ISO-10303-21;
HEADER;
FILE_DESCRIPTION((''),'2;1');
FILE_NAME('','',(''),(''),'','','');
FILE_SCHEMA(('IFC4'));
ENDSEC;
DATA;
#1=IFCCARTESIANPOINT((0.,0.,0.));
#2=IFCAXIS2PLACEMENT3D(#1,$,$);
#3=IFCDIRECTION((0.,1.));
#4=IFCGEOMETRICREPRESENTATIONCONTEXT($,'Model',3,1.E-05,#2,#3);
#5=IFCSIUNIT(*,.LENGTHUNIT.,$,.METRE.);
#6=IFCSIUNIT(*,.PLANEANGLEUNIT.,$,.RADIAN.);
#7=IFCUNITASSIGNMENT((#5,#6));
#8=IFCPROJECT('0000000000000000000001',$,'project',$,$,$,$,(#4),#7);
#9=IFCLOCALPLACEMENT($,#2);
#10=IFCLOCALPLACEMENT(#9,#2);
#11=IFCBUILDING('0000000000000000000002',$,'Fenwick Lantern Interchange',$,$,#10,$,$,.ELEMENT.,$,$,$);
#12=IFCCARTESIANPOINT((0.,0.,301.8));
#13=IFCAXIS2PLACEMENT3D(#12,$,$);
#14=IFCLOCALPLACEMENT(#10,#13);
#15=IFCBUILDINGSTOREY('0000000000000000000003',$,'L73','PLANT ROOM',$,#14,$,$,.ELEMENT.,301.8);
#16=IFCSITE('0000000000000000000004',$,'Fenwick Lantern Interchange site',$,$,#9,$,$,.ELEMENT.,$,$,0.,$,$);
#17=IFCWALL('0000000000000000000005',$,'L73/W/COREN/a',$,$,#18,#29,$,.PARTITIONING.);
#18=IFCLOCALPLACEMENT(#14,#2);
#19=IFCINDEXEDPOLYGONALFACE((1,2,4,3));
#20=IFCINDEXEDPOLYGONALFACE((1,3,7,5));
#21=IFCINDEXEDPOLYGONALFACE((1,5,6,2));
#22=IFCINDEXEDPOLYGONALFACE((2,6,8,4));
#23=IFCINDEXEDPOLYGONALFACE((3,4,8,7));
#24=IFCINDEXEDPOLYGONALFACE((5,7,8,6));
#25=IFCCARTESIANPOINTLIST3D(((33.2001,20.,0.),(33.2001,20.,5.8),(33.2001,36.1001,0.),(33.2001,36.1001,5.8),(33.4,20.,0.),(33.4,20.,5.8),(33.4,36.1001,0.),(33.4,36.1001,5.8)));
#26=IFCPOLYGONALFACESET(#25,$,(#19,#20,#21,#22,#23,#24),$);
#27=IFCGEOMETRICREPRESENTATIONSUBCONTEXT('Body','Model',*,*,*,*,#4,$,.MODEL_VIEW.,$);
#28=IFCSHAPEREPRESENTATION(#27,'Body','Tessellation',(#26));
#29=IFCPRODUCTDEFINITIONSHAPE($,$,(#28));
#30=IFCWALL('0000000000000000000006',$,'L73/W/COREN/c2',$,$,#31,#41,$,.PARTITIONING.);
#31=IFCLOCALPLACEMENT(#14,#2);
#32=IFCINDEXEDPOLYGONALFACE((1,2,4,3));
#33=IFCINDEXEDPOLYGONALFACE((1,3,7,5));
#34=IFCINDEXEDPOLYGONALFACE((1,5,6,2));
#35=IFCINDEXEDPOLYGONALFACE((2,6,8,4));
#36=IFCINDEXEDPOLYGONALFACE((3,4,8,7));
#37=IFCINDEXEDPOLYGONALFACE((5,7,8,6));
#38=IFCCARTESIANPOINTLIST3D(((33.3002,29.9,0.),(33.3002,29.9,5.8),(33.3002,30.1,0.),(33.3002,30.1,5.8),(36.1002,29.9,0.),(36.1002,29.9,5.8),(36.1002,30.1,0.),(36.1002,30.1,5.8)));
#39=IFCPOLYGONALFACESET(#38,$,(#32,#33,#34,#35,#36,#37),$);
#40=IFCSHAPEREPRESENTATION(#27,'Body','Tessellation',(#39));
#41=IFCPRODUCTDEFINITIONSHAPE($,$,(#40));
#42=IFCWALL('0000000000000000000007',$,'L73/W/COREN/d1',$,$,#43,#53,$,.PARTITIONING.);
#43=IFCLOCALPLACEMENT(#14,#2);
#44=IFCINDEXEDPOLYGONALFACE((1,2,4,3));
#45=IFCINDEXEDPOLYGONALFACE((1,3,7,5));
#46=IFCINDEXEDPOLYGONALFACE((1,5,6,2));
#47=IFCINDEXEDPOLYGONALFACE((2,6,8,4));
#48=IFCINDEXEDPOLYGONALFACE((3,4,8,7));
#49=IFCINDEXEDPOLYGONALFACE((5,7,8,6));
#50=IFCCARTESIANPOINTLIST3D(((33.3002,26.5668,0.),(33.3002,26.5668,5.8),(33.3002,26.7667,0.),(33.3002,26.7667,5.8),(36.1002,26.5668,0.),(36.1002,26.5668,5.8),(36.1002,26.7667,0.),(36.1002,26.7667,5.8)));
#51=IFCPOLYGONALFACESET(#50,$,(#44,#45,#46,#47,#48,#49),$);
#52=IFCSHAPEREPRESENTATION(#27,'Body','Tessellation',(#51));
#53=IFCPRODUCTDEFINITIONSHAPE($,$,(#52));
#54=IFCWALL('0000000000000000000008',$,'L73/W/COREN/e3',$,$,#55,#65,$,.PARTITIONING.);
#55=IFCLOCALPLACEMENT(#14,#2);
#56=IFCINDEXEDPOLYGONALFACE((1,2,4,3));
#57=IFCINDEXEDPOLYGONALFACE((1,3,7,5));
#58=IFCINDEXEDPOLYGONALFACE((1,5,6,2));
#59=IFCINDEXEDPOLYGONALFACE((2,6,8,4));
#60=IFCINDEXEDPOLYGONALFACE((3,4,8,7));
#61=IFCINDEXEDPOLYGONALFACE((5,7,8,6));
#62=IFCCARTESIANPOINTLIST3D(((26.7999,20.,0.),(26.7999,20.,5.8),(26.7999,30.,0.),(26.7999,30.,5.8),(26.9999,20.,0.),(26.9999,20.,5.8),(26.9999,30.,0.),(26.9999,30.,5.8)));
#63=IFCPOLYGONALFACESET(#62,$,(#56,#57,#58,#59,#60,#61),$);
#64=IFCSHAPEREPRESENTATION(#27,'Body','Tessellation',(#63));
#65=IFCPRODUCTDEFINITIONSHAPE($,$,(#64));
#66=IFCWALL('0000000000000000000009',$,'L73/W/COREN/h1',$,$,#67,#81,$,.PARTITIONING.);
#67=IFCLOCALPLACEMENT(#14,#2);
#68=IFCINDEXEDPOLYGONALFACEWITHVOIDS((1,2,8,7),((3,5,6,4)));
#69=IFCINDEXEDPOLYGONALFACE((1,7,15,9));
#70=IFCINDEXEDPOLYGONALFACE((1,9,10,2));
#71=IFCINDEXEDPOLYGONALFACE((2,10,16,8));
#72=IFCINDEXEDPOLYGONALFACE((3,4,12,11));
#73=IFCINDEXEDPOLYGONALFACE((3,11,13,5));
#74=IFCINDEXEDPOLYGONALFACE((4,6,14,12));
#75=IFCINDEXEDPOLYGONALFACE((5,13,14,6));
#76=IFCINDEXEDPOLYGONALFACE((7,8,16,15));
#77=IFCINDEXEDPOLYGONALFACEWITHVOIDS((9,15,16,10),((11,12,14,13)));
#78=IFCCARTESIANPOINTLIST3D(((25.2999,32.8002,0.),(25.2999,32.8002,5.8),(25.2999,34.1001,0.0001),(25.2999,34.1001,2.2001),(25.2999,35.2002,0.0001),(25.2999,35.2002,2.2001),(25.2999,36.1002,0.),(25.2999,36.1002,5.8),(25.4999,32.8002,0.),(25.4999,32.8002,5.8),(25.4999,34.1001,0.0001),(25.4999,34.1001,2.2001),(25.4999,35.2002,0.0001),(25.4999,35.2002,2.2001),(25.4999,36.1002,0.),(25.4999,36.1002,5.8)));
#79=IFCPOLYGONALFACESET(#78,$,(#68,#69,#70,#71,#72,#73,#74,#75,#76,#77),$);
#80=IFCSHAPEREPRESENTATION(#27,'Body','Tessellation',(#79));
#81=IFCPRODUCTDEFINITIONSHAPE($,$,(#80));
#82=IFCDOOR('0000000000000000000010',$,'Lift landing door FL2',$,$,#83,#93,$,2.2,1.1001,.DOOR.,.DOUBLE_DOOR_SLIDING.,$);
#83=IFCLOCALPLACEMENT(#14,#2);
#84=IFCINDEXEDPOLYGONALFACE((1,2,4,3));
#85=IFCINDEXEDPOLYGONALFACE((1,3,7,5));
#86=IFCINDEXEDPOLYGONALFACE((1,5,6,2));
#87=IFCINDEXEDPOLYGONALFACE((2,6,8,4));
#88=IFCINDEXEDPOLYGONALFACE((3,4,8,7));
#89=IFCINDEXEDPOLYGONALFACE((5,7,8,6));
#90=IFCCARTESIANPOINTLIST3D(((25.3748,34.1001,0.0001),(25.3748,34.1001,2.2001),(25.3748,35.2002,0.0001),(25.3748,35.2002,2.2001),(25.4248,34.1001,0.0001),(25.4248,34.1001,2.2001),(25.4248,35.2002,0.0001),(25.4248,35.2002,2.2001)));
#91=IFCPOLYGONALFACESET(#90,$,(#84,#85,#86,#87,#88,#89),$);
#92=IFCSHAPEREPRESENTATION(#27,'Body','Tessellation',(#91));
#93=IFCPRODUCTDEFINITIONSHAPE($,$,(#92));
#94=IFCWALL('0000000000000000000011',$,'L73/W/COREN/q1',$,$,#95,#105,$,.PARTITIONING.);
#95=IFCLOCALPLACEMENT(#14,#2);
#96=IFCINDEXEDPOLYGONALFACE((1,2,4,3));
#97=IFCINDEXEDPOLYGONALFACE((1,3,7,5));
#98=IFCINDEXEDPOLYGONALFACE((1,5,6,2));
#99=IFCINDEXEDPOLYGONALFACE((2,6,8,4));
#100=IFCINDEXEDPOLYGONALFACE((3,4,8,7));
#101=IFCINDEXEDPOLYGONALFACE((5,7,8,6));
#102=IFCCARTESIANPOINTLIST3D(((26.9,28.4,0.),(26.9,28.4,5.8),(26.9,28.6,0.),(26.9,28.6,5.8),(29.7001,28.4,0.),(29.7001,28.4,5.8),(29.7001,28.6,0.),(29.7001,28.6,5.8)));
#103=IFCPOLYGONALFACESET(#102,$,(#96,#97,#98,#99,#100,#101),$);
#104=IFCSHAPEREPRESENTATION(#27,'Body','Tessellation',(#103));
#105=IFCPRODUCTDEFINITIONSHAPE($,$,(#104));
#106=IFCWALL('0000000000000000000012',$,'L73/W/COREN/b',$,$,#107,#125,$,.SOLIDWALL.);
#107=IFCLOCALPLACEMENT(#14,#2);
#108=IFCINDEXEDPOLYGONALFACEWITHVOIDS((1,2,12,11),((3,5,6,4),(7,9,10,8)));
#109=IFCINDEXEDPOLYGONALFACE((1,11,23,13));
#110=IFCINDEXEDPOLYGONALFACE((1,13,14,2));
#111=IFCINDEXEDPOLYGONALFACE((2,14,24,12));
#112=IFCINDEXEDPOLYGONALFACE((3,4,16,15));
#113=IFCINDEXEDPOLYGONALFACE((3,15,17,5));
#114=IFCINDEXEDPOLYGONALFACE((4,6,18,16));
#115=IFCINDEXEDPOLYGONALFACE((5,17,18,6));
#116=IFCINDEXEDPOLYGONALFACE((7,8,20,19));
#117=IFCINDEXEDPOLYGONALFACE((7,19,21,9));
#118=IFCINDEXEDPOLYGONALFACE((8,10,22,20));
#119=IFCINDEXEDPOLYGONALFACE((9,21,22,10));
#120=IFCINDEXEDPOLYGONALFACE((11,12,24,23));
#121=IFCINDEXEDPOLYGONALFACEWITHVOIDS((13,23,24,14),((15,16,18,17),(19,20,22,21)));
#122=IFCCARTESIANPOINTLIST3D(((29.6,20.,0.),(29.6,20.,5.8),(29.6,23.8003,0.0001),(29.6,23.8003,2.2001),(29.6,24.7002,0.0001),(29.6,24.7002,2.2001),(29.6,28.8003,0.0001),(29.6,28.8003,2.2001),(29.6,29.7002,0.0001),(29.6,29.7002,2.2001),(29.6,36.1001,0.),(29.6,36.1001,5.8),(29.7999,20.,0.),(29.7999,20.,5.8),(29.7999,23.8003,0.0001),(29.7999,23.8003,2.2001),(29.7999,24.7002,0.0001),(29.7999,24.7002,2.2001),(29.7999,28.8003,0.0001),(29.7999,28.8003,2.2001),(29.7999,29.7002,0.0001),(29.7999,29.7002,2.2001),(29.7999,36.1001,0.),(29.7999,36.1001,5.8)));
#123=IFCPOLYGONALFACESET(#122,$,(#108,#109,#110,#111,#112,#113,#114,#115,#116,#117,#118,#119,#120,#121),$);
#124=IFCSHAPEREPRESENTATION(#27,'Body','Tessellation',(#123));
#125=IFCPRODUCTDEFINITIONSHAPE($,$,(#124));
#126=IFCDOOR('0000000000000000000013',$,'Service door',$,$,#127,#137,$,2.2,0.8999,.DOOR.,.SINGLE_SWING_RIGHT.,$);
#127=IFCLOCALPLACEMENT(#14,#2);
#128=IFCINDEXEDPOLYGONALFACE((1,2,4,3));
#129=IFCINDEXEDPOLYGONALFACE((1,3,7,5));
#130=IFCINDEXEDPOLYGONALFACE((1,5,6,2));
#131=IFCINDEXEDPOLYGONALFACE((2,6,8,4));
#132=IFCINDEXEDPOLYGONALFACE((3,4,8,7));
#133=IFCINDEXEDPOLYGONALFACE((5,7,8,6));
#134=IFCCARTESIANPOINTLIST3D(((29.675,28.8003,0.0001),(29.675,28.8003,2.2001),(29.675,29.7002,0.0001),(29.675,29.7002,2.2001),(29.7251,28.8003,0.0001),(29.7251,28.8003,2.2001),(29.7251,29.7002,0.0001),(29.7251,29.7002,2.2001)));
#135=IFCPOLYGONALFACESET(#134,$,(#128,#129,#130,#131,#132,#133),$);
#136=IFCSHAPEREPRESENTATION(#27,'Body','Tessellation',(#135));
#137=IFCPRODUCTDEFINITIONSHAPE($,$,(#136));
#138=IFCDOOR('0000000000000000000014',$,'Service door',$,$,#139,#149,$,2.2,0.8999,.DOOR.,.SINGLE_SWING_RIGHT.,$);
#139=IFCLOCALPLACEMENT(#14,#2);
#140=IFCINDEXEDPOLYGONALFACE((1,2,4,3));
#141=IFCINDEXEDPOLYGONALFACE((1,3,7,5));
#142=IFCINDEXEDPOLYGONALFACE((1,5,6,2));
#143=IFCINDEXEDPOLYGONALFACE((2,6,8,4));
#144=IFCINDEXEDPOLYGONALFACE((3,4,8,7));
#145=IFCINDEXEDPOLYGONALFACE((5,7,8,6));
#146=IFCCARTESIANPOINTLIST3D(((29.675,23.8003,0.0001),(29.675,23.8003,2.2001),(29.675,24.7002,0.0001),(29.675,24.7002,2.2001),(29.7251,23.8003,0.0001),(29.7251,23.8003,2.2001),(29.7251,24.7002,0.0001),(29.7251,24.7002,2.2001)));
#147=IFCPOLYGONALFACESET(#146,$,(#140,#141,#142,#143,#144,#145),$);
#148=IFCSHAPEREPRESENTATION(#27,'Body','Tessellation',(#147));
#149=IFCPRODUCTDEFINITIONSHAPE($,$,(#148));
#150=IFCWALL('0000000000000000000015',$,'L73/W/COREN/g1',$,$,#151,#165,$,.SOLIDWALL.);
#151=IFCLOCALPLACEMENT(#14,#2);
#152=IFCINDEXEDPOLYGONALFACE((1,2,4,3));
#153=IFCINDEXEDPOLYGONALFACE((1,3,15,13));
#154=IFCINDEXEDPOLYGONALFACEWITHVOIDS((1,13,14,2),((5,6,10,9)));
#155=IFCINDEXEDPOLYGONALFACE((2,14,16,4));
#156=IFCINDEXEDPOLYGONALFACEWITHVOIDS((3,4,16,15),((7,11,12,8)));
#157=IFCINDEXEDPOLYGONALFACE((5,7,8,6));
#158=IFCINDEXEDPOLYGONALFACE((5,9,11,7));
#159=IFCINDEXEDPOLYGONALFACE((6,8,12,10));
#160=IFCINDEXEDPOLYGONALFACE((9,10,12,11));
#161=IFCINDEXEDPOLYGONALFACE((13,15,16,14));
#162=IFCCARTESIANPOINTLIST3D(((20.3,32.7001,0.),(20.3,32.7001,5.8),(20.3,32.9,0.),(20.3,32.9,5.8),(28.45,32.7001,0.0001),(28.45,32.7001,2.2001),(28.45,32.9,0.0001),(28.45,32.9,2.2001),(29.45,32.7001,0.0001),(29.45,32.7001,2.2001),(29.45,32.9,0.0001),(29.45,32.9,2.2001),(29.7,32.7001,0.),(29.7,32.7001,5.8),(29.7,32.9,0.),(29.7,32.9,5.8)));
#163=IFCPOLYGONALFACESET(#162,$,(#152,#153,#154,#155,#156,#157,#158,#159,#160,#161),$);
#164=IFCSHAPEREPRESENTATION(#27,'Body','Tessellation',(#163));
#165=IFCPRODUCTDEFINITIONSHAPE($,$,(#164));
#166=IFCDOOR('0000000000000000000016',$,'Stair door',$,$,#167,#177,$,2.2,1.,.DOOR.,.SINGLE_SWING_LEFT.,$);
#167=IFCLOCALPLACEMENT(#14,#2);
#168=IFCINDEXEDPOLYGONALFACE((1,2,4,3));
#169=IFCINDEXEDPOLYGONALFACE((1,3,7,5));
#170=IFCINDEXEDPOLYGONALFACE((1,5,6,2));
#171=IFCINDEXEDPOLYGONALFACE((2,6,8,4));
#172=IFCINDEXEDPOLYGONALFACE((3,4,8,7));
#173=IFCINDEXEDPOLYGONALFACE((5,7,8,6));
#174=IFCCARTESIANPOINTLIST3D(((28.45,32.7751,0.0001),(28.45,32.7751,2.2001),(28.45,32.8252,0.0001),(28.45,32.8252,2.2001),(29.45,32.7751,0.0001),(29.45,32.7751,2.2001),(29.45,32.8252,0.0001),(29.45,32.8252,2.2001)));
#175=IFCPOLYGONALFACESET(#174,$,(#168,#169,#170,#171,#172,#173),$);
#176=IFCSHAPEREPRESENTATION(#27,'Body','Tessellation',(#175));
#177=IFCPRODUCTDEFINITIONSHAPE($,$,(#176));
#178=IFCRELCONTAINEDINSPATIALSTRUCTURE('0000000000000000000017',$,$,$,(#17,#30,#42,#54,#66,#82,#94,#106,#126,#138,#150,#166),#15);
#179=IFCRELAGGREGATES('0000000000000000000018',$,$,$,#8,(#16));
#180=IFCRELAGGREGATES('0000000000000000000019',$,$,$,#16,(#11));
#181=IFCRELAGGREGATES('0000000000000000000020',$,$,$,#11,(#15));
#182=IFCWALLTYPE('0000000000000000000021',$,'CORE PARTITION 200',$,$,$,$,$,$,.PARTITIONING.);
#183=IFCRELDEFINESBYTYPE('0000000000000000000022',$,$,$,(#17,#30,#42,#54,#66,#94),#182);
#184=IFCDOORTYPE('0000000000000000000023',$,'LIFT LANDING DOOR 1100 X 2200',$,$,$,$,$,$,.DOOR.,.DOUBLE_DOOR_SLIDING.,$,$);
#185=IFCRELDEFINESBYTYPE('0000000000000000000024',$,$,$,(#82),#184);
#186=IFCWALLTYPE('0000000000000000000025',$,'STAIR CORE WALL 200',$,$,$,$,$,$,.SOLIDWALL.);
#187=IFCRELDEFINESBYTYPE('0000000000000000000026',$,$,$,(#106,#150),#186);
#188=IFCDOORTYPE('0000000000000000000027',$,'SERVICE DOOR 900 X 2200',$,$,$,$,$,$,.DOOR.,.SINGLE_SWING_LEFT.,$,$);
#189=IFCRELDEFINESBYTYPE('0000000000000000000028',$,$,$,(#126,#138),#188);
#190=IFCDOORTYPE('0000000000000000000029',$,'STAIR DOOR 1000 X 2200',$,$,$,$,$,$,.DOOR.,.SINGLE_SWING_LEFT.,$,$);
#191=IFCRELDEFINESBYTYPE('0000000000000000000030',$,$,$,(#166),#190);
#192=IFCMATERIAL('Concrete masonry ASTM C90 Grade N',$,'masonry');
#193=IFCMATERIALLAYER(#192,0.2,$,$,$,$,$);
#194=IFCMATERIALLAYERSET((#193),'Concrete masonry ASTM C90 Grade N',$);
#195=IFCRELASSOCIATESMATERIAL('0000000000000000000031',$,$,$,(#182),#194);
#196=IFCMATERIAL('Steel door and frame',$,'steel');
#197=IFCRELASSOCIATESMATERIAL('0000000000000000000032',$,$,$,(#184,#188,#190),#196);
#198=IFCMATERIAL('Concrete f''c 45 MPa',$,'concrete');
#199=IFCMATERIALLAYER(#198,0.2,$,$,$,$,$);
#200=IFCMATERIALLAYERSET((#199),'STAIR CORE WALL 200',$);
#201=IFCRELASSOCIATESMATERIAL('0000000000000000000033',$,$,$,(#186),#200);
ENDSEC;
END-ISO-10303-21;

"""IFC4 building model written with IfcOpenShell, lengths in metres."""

from ifc_helpers import new_model, si_unit, direction, frame, frame_2d, origin, place, context, subcontext, project, spatial, rectangle, extrude, material, layer, layer_set, type_object, element, fill, save


model = new_model("IFC4")

# Units and contexts
model_context = context("Model", 3, precision=1e-05, world=origin(), true_north=direction((0.0, 1.0)))
body_context = subcontext(model_context, "Body", "Model", "MODEL_VIEW")
ifc_project = project(units=[si_unit("LENGTHUNIT", "METRE"), si_unit("PLANEANGLEUNIT", "RADIAN")], contexts=[model_context])

# Site, building, storey
site_placement = place(None, origin())
site = spatial("IfcSite", under=ifc_project, at=site_placement, Name="Fenwick Lantern Interchange site", CompositionType="ELEMENT", RefElevation=0.0)
building_placement = place(site_placement, origin())
building = spatial("IfcBuilding", under=site, at=building_placement, Name="Fenwick Lantern Interchange", CompositionType="ELEMENT")
storey_placement = place(building_placement, frame((0.0, 0.0, 301.8)))
storey = spatial("IfcBuildingStorey", under=building, at=storey_placement, Name="L73", Description="PLANT ROOM", CompositionType="ELEMENT", Elevation=301.8)

# Walls
ifc_material_1 = material(Name="Concrete masonry ASTM C90 Grade N", Category="masonry")
ifc_layer_1 = layer(ifc_material_1, 0.2)
ifc_layer_set_1 = layer_set([ifc_layer_1], Name="Concrete masonry ASTM C90 Grade N")
wall_type_1 = type_object("IfcWallType", Name="CORE PARTITION 200", PredefinedType="PARTITIONING", material=ifc_layer_set_1)
wall_1_placement = place(storey_placement, frame((33.3, 36.1001, 0.0), z_axis=(0.0, 0.0, 1.0), x_axis=(0.0, -1.0, 0.0)))
element("IfcWall", 1, at=wall_1_placement, inside=storey, type_object=wall_type_1, Name="L73/W/COREN/a", PredefinedType="PARTITIONING", context=body_context, shape_type="SweptSolid", body=[
    extrude(rectangle(XDim=16.1001, YDim=0.2, at=frame_2d((8.05, 0.0))), origin(), (0.0, 0.0, 1.0), 5.8),
])
for number, where, z_axis, x_axis, name in (
    (2, (36.1001, 30.0, 0.0), (0.0, 0.0, 1.0), (-1.0, 0.0, 0.0), "L73/W/COREN/c2"),
    (3, (36.1001, 26.6667, 0.0), (0.0, 0.0, 1.0), (-1.0, 0.0, 0.0), "L73/W/COREN/d1"),
):
    element("IfcWall", number, at=place(storey_placement, frame(where, z_axis=z_axis, x_axis=x_axis)), inside=storey, type_object=wall_type_1, Name=name, PredefinedType="PARTITIONING", context=body_context, shape_type="SweptSolid", body=[
        extrude(rectangle(XDim=2.8, YDim=0.2, at=frame_2d((1.3999, 0.0))), origin(), (0.0, 0.0, 1.0), 5.8),
    ])
wall_2_placement = place(storey_placement, frame((26.8999, 30.0, 0.0), z_axis=(0.0, 0.0, 1.0), x_axis=(0.0, -1.0, 0.0)))
element("IfcWall", 4, at=wall_2_placement, inside=storey, type_object=wall_type_1, Name="L73/W/COREN/e3", PredefinedType="PARTITIONING", context=body_context, shape_type="SweptSolid", body=[
    extrude(rectangle(XDim=10.0, YDim=0.2, at=frame_2d((5.0, 0.0))), origin(), (0.0, 0.0, 1.0), 5.8),
])

# Wall, opening, door
wall_3_placement = place(storey_placement, frame((25.3999, 36.1001, 0.0), z_axis=(0.0, 0.0, 1.0), x_axis=(0.0, -1.0, 0.0)))
wall_3 = element("IfcWall", 5, at=wall_3_placement, inside=storey, type_object=wall_type_1, Name="L73/W/COREN/h1", PredefinedType="PARTITIONING", context=body_context, shape_type="SweptSolid", body=[
    extrude(rectangle(XDim=3.3, YDim=0.2, at=frame_2d((1.6499, 0.0))), origin(), (0.0, 0.0, 1.0), 5.8),
])
opening_1_placement = place(wall_3_placement, frame((0.8999, 0.0, 0.0)))
opening_1 = element("IfcOpeningElement", 6, at=opening_1_placement, cuts=wall_3, PredefinedType="OPENING", context=body_context, shape_type="SweptSolid", body=[
    extrude(rectangle(XDim=1.1001, YDim=2.2, at=frame_2d((0.55, 1.1001))), frame((0.0, 0.1099, 0.0), z_axis=(0.0, -1.0, 0.0), x_axis=(1.0, 0.0, 0.0)), (0.0, 0.0, 1.0), 0.22),
])
ifc_material_2 = material(Name="Steel door and frame", Category="steel")
door_type_1 = type_object("IfcDoorType", Name="LIFT LANDING DOOR 1100 X 2200", OperationType="DOUBLE_DOOR_SLIDING", PredefinedType="DOOR", material=ifc_material_2)
door_1_placement = place(opening_1_placement, origin())
door_1 = element("IfcDoor", 7, at=door_1_placement, inside=storey, type_object=door_type_1, Name="Lift landing door FL2", OperationType="DOUBLE_DOOR_SLIDING", OverallHeight=2.2, OverallWidth=1.1001, PredefinedType="DOOR", context=body_context, shape_type="SweptSolid", body=[
    extrude(rectangle(XDim=1.1001, YDim=2.2, at=frame_2d((0.55, 1.1001))), frame((0.0, 0.0249, 0.0), z_axis=(0.0, -1.0, 0.0), x_axis=(1.0, 0.0, 0.0)), (0.0, 0.0, 1.0), 0.05),
])
fill(opening_1, door_1)

# Wall
wall_4_placement = place(storey_placement, frame((29.7, 28.5, 0.0), z_axis=(0.0, 0.0, 1.0), x_axis=(-1.0, 0.0, 0.0)))
element("IfcWall", 8, at=wall_4_placement, inside=storey, type_object=wall_type_1, Name="L73/W/COREN/q1", PredefinedType="PARTITIONING", context=body_context, shape_type="SweptSolid", body=[
    extrude(rectangle(XDim=2.8, YDim=0.2, at=frame_2d((1.3999, 0.0))), origin(), (0.0, 0.0, 1.0), 5.8),
])

# Wall, openings, doors
ifc_material_3 = material(Name="Concrete f'c 45 MPa", Category="concrete")
ifc_layer_2 = layer(ifc_material_3, 0.2)
ifc_layer_set_2 = layer_set([ifc_layer_2], Name="STAIR CORE WALL 200")
wall_type_2 = type_object("IfcWallType", Name="STAIR CORE WALL 200", PredefinedType="SOLIDWALL", material=ifc_layer_set_2)
wall_5_placement = place(storey_placement, frame((29.7, 36.1001, 0.0), z_axis=(0.0, 0.0, 1.0), x_axis=(0.0, -1.0, 0.0)))
wall_5 = element("IfcWall", 9, at=wall_5_placement, inside=storey, type_object=wall_type_2, Name="L73/W/COREN/b", PredefinedType="SOLIDWALL", context=body_context, shape_type="SweptSolid", body=[
    extrude(rectangle(XDim=16.1001, YDim=0.2, at=frame_2d((8.05, 0.0))), origin(), (0.0, 0.0, 1.0), 5.8),
])
opening_2_placement = place(wall_5_placement, frame((6.3999, 0.0, 0.0)))
opening_2 = element("IfcOpeningElement", 10, at=opening_2_placement, cuts=wall_5, PredefinedType="OPENING", context=body_context, shape_type="SweptSolid", body=[
    extrude(rectangle(XDim=0.8999, YDim=2.2, at=frame_2d((0.45, 1.1001))), frame((0.0, 0.1099, 0.0), z_axis=(0.0, -1.0, 0.0), x_axis=(1.0, 0.0, 0.0)), (0.0, 0.0, 1.0), 0.22),
])
opening_3_placement = place(wall_5_placement, frame((11.3999, 0.0, 0.0)))
opening_3 = element("IfcOpeningElement", 11, at=opening_3_placement, cuts=wall_5, PredefinedType="OPENING", context=body_context, shape_type="SweptSolid", body=[
    extrude(rectangle(XDim=0.8999, YDim=2.2, at=frame_2d((0.45, 1.1001))), frame((0.0, 0.1099, 0.0), z_axis=(0.0, -1.0, 0.0), x_axis=(1.0, 0.0, 0.0)), (0.0, 0.0, 1.0), 0.22),
])
door_type_2 = type_object("IfcDoorType", Name="SERVICE DOOR 900 X 2200", OperationType="SINGLE_SWING_LEFT", PredefinedType="DOOR", material=ifc_material_2)
door_2_placement = place(opening_2_placement, frame((0.8999, 0.0, 0.0), z_axis=(0.0, 0.0, 1.0), x_axis=(-1.0, 0.0, 0.0)))
door_2 = element("IfcDoor", 12, at=door_2_placement, inside=storey, type_object=door_type_2, Name="Service door", OperationType="SINGLE_SWING_RIGHT", OverallHeight=2.2, OverallWidth=0.8999, PredefinedType="DOOR", context=body_context, shape_type="SweptSolid", body=[
    extrude(rectangle(XDim=0.8999, YDim=2.2, at=frame_2d((0.45, 1.1001))), frame((0.0, 0.0249, 0.0), z_axis=(0.0, -1.0, 0.0), x_axis=(1.0, 0.0, 0.0)), (0.0, 0.0, 1.0), 0.05),
])
fill(opening_2, door_2)
door_3_placement = place(opening_3_placement, frame((0.8999, 0.0, 0.0), z_axis=(0.0, 0.0, 1.0), x_axis=(-1.0, 0.0, 0.0)))
door_3 = element("IfcDoor", 13, at=door_3_placement, inside=storey, type_object=door_type_2, Name="Service door", OperationType="SINGLE_SWING_RIGHT", OverallHeight=2.2, OverallWidth=0.8999, PredefinedType="DOOR", context=body_context, shape_type="SweptSolid", body=[
    extrude(rectangle(XDim=0.8999, YDim=2.2, at=frame_2d((0.45, 1.1001))), frame((0.0, 0.0249, 0.0), z_axis=(0.0, -1.0, 0.0), x_axis=(1.0, 0.0, 0.0)), (0.0, 0.0, 1.0), 0.05),
])
fill(opening_3, door_3)

# Wall, opening, door
wall_6_placement = place(storey_placement, frame((29.7, 32.8, 0.0), z_axis=(0.0, 0.0, 1.0), x_axis=(-1.0, 0.0, 0.0)))
wall_6 = element("IfcWall", 14, at=wall_6_placement, inside=storey, type_object=wall_type_2, Name="L73/W/COREN/g1", PredefinedType="SOLIDWALL", context=body_context, shape_type="SweptSolid", body=[
    extrude(rectangle(XDim=9.3999, YDim=0.2, at=frame_2d((4.7, 0.0))), origin(), (0.0, 0.0, 1.0), 5.8),
])
opening_4_placement = place(wall_6_placement, frame((0.25, 0.0, 0.0)))
opening_4 = element("IfcOpeningElement", 15, at=opening_4_placement, cuts=wall_6, PredefinedType="OPENING", context=body_context, shape_type="SweptSolid", body=[
    extrude(rectangle(XDim=1.0, YDim=2.2, at=frame_2d((0.5, 1.1001))), frame((0.0, 0.1099, 0.0), z_axis=(0.0, -1.0, 0.0), x_axis=(1.0, 0.0, 0.0)), (0.0, 0.0, 1.0), 0.22),
])
door_type_3 = type_object("IfcDoorType", Name="STAIR DOOR 1000 X 2200", OperationType="SINGLE_SWING_LEFT", PredefinedType="DOOR", material=ifc_material_2)
door_4_placement = place(opening_4_placement, origin())
door_4 = element("IfcDoor", 16, at=door_4_placement, inside=storey, type_object=door_type_3, Name="Stair door", OperationType="SINGLE_SWING_LEFT", OverallHeight=2.2, OverallWidth=1.0, PredefinedType="DOOR", context=body_context, shape_type="SweptSolid", body=[
    extrude(rectangle(XDim=1.0, YDim=2.2, at=frame_2d((0.5, 1.1001))), frame((0.0, 0.0249, 0.0), z_axis=(0.0, -1.0, 0.0), x_axis=(1.0, 0.0, 0.0)), (0.0, 0.0, 1.0), 0.05),
])
fill(opening_4, door_4)

save(model, "model.ifc")
